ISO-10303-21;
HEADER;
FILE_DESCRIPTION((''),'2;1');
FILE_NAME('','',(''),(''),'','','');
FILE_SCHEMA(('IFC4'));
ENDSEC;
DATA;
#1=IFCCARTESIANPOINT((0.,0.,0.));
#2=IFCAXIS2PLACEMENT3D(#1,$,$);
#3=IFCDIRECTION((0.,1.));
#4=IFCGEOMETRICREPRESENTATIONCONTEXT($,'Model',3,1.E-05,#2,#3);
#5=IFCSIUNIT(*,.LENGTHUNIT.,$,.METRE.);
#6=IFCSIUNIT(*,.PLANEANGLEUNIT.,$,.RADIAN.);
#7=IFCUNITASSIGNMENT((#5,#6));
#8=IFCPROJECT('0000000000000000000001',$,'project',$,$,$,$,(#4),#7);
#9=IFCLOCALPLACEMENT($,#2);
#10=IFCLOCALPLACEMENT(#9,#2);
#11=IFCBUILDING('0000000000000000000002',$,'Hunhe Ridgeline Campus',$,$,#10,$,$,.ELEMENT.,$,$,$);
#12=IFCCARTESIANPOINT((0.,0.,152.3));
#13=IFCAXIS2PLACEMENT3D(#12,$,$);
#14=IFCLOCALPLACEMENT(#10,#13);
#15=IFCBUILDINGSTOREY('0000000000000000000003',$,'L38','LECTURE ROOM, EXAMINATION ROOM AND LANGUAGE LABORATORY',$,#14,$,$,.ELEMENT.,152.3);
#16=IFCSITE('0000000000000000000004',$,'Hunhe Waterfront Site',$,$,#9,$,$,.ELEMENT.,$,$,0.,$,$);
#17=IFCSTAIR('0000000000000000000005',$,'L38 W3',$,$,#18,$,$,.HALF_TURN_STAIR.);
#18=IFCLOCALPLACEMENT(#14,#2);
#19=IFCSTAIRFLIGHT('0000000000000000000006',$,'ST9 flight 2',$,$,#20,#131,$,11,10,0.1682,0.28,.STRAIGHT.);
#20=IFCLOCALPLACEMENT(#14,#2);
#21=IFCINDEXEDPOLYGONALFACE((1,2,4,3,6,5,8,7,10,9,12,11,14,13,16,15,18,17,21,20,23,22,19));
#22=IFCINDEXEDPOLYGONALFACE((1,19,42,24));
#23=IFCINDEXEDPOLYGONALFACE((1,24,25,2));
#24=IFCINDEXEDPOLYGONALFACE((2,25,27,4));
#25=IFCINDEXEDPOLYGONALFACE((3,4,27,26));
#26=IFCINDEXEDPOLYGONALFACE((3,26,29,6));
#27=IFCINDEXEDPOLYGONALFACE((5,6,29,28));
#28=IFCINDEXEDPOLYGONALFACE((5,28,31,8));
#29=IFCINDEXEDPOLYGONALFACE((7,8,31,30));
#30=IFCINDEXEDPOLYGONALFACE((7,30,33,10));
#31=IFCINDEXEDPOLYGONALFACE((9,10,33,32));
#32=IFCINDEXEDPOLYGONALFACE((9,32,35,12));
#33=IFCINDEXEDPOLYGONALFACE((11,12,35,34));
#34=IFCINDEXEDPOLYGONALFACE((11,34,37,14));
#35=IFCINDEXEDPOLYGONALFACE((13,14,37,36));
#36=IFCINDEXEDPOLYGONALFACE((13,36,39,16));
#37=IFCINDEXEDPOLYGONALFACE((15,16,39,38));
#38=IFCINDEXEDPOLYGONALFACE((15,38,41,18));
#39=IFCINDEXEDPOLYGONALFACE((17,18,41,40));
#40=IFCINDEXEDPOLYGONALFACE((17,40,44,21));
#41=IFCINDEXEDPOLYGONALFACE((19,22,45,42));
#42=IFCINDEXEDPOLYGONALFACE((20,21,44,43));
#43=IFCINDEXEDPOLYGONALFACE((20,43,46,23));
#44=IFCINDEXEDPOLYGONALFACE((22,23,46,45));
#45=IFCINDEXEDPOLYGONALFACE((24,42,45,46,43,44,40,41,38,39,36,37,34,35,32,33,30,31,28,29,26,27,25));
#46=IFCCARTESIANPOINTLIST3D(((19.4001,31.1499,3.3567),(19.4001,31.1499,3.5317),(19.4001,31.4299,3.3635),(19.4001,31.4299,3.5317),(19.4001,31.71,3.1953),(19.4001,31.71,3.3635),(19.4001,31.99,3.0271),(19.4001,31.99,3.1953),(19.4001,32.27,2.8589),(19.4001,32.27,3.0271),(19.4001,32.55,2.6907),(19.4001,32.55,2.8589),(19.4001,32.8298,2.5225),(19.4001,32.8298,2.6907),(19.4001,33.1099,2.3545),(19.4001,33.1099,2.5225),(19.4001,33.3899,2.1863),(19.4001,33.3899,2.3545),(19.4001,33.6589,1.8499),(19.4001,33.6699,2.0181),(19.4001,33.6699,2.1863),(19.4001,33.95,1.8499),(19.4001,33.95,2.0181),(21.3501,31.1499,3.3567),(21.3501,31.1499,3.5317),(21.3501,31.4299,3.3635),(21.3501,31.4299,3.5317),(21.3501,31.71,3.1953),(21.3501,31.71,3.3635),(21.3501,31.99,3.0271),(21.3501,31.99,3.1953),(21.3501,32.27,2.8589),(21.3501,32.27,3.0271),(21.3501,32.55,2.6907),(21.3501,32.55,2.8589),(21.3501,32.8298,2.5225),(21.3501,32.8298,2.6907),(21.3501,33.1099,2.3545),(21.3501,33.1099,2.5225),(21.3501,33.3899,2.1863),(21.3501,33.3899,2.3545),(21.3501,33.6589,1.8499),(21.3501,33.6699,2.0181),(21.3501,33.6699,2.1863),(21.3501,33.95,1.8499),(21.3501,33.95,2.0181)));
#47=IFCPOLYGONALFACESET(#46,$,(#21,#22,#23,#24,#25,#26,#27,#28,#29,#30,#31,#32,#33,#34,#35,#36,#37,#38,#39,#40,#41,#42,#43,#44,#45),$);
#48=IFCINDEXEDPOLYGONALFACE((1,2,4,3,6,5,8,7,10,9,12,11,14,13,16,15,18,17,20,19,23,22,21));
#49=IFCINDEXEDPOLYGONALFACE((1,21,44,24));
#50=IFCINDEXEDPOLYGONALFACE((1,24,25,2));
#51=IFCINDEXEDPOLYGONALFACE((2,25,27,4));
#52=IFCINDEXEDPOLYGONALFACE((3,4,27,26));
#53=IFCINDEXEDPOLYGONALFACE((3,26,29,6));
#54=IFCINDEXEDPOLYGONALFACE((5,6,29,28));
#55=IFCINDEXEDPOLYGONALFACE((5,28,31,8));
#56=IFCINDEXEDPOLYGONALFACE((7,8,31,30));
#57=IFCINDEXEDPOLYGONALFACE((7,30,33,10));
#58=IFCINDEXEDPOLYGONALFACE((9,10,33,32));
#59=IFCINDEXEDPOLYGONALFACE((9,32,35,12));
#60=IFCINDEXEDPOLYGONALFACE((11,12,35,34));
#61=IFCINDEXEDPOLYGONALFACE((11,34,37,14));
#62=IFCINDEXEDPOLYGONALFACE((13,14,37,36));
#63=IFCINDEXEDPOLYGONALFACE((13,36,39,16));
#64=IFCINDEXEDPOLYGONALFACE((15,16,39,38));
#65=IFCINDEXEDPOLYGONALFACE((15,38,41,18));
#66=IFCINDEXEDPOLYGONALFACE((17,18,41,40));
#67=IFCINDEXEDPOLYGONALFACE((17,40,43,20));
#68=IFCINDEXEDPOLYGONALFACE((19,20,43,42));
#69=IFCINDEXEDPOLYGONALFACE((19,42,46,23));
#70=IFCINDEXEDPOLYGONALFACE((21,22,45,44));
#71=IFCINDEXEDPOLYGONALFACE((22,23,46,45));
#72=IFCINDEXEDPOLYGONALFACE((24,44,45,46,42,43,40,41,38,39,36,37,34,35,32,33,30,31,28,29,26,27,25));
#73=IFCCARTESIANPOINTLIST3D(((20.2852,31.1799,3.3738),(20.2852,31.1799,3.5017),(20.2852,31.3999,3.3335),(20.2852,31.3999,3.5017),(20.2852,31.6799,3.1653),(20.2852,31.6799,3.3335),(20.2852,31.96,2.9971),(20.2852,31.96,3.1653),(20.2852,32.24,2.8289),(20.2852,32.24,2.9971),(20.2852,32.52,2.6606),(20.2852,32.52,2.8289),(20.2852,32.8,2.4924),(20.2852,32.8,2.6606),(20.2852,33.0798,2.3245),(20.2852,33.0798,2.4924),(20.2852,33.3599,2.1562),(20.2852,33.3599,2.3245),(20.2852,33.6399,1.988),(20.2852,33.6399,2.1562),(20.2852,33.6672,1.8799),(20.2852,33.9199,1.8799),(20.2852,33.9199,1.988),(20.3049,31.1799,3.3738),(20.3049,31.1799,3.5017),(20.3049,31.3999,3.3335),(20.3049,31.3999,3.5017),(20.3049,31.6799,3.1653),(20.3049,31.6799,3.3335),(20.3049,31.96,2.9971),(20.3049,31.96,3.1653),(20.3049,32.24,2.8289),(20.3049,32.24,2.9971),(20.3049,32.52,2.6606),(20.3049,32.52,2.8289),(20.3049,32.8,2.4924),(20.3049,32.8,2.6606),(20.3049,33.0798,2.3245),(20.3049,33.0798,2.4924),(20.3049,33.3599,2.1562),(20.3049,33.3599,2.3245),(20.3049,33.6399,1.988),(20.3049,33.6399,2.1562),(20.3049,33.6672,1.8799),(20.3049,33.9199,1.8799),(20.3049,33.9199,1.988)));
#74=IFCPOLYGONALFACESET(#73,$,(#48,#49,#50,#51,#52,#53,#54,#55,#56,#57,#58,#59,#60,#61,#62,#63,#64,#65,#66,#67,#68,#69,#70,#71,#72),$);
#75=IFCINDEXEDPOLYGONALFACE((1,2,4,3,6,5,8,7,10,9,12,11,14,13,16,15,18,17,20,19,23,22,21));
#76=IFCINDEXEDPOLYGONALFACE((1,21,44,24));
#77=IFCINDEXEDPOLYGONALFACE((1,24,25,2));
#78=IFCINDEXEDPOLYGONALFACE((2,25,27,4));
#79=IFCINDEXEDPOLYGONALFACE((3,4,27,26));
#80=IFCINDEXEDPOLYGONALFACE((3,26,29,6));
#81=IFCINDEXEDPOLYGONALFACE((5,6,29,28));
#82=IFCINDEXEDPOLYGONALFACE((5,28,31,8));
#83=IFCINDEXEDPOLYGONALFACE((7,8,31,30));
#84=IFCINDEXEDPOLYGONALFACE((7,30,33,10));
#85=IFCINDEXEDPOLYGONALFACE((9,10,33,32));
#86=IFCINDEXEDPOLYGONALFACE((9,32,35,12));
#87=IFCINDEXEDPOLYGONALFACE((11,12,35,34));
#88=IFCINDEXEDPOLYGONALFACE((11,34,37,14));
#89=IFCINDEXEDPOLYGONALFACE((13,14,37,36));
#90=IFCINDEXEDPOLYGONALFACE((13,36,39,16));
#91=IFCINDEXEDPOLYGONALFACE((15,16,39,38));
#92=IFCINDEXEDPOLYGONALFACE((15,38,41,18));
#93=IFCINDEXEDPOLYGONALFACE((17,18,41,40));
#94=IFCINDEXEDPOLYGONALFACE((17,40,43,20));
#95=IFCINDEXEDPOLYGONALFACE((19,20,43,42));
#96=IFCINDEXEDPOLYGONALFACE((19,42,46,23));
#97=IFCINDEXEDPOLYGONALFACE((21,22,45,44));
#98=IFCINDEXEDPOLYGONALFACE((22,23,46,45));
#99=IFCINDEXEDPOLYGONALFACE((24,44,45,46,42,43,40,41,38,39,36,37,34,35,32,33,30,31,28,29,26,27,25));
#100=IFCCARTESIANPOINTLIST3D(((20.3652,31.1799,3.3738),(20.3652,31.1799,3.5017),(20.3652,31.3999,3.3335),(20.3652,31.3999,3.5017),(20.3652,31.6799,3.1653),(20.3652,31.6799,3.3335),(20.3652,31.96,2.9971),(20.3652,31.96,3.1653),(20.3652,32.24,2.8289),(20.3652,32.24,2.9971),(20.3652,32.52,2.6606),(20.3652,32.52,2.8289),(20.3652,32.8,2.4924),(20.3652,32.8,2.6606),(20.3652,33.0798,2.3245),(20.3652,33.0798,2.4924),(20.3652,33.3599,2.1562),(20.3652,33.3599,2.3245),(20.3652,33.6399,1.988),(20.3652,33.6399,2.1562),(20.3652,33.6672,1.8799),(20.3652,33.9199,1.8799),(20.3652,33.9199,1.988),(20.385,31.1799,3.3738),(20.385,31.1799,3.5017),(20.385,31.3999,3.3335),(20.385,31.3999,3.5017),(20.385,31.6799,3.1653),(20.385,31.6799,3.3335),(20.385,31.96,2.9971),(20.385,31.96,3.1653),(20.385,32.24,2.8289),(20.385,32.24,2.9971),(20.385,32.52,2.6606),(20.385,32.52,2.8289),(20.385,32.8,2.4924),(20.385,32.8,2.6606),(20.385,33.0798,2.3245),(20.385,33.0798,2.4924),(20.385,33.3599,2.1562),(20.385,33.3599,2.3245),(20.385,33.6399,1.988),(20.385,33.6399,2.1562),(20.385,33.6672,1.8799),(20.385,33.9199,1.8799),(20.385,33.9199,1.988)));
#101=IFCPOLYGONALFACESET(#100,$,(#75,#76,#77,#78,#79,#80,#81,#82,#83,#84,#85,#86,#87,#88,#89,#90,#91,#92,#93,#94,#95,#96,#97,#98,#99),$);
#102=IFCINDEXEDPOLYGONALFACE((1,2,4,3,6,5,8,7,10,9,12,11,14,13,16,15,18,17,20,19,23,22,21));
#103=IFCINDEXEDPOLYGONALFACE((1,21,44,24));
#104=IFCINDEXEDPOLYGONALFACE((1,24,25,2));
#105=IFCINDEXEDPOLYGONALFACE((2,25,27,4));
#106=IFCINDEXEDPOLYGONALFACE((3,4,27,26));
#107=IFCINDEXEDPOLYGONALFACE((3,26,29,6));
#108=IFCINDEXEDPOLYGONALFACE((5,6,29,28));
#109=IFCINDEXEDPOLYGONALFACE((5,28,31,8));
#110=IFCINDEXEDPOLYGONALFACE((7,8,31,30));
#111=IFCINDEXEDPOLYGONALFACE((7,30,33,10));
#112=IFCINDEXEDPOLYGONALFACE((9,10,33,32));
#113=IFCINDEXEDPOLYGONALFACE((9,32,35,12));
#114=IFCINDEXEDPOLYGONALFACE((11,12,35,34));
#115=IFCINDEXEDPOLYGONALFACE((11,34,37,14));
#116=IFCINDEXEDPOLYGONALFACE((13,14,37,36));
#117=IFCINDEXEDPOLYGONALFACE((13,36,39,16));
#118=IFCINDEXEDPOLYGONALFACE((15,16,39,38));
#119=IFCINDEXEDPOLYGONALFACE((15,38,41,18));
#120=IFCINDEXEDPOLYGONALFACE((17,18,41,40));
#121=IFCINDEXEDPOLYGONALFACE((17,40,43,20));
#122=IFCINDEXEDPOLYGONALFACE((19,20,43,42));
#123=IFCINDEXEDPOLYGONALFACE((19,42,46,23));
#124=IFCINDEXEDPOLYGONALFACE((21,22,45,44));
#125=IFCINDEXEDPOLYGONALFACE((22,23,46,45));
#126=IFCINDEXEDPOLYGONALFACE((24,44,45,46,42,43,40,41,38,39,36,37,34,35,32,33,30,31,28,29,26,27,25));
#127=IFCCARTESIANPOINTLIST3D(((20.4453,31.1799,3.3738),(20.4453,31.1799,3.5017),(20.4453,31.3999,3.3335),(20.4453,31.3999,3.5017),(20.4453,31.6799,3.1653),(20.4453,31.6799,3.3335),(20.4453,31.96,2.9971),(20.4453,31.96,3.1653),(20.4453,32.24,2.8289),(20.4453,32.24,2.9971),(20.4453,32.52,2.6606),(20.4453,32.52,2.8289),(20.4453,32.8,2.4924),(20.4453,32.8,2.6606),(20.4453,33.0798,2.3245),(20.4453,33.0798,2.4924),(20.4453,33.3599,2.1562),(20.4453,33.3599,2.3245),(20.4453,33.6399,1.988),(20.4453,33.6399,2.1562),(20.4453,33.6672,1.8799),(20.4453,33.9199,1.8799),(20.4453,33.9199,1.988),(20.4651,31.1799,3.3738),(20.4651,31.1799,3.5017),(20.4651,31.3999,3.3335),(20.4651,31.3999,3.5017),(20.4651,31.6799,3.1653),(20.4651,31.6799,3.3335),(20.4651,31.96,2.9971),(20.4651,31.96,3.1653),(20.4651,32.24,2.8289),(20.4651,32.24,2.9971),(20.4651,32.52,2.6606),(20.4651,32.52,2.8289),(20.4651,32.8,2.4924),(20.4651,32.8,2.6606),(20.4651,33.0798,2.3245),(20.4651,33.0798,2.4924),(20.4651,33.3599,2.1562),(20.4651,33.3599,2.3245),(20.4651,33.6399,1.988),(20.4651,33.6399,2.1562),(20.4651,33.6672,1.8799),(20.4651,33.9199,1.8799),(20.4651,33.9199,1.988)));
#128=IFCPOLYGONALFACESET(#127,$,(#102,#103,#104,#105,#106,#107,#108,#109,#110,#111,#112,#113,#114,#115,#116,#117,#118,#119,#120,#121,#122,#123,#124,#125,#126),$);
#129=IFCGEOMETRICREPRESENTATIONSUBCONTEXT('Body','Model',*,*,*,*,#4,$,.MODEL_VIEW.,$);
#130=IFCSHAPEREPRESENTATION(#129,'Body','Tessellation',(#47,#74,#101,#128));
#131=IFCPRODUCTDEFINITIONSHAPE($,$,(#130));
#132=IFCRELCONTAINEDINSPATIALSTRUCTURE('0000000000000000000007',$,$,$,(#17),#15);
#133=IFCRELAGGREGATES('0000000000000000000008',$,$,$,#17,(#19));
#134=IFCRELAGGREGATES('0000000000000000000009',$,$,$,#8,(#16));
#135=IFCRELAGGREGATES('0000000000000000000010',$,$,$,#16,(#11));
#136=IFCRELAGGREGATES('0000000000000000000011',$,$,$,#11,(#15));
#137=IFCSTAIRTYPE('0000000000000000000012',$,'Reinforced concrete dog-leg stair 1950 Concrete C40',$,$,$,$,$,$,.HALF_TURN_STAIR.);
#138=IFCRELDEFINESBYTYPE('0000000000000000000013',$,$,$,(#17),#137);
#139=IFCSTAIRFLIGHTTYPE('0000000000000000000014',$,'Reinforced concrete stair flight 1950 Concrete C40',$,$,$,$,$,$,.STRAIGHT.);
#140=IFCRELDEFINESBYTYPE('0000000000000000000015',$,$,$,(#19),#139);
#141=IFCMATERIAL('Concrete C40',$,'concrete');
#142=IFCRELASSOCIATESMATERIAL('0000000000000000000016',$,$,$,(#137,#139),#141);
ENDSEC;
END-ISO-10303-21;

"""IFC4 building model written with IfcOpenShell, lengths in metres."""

from ifc_helpers import new_model, si_unit, direction, frame, origin, place, context, subcontext, project, spatial, polyline, outline, extrude, material, type_object, element, aggregate, save


model = new_model("IFC4")

# Units and contexts
model_context = context("Model", 3, precision=1e-05, world=origin(), true_north=direction((0.0, 1.0)))
body_context = subcontext(model_context, "Body", "Model", "MODEL_VIEW")
ifc_project = project(units=[si_unit("LENGTHUNIT", "METRE"), si_unit("PLANEANGLEUNIT", "RADIAN")], contexts=[model_context])

# Site, building, storey
site_placement = place(None, origin())
site = spatial("IfcSite", under=ifc_project, at=site_placement, Name="Hunhe Waterfront Site", CompositionType="ELEMENT", RefElevation=0.0)
building_placement = place(site_placement, origin())
building = spatial("IfcBuilding", under=site, at=building_placement, Name="Hunhe Ridgeline Campus", CompositionType="ELEMENT")
storey_placement = place(building_placement, frame((0.0, 0.0, 152.3)))
storey = spatial("IfcBuildingStorey", under=building, at=storey_placement, Name="L38", Description="LECTURE ROOM, EXAMINATION ROOM AND LANGUAGE LABORATORY", CompositionType="ELEMENT", Elevation=152.3)

# Stair, stair flight
ifc_material_1 = material(Name="Concrete C40", Category="concrete")
stair_type = type_object("IfcStairType", Name="Reinforced concrete dog-leg stair 1950 Concrete C40", PredefinedType="HALF_TURN_STAIR", material=ifc_material_1)
stair_placement = place(storey_placement, origin())
stair = element("IfcStair", 1, at=stair_placement, inside=storey, type_object=stair_type, Name="L38 W3", PredefinedType="HALF_TURN_STAIR")
stair_flight_type = type_object("IfcStairFlightType", Name="Reinforced concrete stair flight 1950 Concrete C40", PredefinedType="STRAIGHT", material=ifc_material_1)
stair_flight_1_placement = place(storey_placement, frame((20.375, 33.95, 1.8499), z_axis=(0.0, 0.0, 1.0), x_axis=(0.0, -1.0, 0.0)))
stair_flight_1 = element("IfcStairFlight", 2, at=stair_flight_1_placement, type_object=stair_flight_type, Name="ST9 flight 2", NumberOfRisers=11, NumberOfTreads=10, PredefinedType="STRAIGHT", RiserHeight=0.1682, TreadLength=0.28, context=body_context, shape_type="SweptSolid", body=[
    extrude(outline(polyline([(0.0, 0.0), (0.0, 0.1682), (0.28, 0.1682), (0.28, 0.3364), (0.5601, 0.3364), (0.5601, 0.5046), (0.8401, 0.5046), (0.8401, 0.6726), (1.1201, 0.6726), (1.1201, 0.8408), (1.3999, 0.8408), (1.3999, 1.009), (1.6799, 1.009), (1.6799, 1.1772), (1.96, 1.1772), (1.96, 1.3455), (2.24, 1.3455), (2.24, 1.5137), (2.52, 1.5137), (2.52, 1.6819), (2.8, 1.6819), (2.8, 1.8501), (2.8, 1.5068), (0.291, 0.0), (0.0, 0.0)])), frame((0.0, 0.9751, 0.0), z_axis=(0.0, -1.0, 0.0), x_axis=(1.0, 0.0, 0.0)), (0.0, 0.0, 1.0), 1.95),
    extrude(outline(polyline([(0.03, 0.03), (0.03, 0.1382), (0.3101, 0.1382), (0.3101, 0.3064), (0.5901, 0.3064), (0.5901, 0.4746), (0.8701, 0.4746), (0.8701, 0.6426), (1.1499, 0.6426), (1.1499, 0.8108), (1.4299, 0.8108), (1.4299, 0.979), (1.71, 0.979), (1.71, 1.1472), (1.99, 1.1472), (1.99, 1.3154), (2.27, 1.3154), (2.27, 1.4836), (2.55, 1.4836), (2.55, 1.6519), (2.77, 1.6519), (2.77, 1.5239), (0.2827, 0.03), (0.03, 0.03)])), frame((0.0, -0.0701, 0.0), z_axis=(0.0, -1.0, 0.0), x_axis=(1.0, 0.0, 0.0)), (0.0, 0.0, 1.0), 0.0198),
    extrude(outline(polyline([(0.03, 0.03), (0.03, 0.1382), (0.3101, 0.1382), (0.3101, 0.3064), (0.5901, 0.3064), (0.5901, 0.4746), (0.8701, 0.4746), (0.8701, 0.6426), (1.1499, 0.6426), (1.1499, 0.8108), (1.4299, 0.8108), (1.4299, 0.979), (1.71, 0.979), (1.71, 1.1472), (1.99, 1.1472), (1.99, 1.3154), (2.27, 1.3154), (2.27, 1.4836), (2.55, 1.4836), (2.55, 1.6519), (2.77, 1.6519), (2.77, 1.5239), (0.2827, 0.03), (0.03, 0.03)])), frame((0.0, 0.01, 0.0), z_axis=(0.0, -1.0, 0.0), x_axis=(1.0, 0.0, 0.0)), (0.0, 0.0, 1.0), 0.0198),
    extrude(outline(polyline([(0.03, 0.03), (0.03, 0.1382), (0.3101, 0.1382), (0.3101, 0.3064), (0.5901, 0.3064), (0.5901, 0.4746), (0.8701, 0.4746), (0.8701, 0.6426), (1.1499, 0.6426), (1.1499, 0.8108), (1.4299, 0.8108), (1.4299, 0.979), (1.71, 0.979), (1.71, 1.1472), (1.99, 1.1472), (1.99, 1.3154), (2.27, 1.3154), (2.27, 1.4836), (2.55, 1.4836), (2.55, 1.6519), (2.77, 1.6519), (2.77, 1.5239), (0.2827, 0.03), (0.03, 0.03)])), frame((0.0, 0.0901, 0.0), z_axis=(0.0, -1.0, 0.0), x_axis=(1.0, 0.0, 0.0)), (0.0, 0.0, 1.0), 0.0198),
])
aggregate(stair, [stair_flight_1])

save(model, "model.ifc")
